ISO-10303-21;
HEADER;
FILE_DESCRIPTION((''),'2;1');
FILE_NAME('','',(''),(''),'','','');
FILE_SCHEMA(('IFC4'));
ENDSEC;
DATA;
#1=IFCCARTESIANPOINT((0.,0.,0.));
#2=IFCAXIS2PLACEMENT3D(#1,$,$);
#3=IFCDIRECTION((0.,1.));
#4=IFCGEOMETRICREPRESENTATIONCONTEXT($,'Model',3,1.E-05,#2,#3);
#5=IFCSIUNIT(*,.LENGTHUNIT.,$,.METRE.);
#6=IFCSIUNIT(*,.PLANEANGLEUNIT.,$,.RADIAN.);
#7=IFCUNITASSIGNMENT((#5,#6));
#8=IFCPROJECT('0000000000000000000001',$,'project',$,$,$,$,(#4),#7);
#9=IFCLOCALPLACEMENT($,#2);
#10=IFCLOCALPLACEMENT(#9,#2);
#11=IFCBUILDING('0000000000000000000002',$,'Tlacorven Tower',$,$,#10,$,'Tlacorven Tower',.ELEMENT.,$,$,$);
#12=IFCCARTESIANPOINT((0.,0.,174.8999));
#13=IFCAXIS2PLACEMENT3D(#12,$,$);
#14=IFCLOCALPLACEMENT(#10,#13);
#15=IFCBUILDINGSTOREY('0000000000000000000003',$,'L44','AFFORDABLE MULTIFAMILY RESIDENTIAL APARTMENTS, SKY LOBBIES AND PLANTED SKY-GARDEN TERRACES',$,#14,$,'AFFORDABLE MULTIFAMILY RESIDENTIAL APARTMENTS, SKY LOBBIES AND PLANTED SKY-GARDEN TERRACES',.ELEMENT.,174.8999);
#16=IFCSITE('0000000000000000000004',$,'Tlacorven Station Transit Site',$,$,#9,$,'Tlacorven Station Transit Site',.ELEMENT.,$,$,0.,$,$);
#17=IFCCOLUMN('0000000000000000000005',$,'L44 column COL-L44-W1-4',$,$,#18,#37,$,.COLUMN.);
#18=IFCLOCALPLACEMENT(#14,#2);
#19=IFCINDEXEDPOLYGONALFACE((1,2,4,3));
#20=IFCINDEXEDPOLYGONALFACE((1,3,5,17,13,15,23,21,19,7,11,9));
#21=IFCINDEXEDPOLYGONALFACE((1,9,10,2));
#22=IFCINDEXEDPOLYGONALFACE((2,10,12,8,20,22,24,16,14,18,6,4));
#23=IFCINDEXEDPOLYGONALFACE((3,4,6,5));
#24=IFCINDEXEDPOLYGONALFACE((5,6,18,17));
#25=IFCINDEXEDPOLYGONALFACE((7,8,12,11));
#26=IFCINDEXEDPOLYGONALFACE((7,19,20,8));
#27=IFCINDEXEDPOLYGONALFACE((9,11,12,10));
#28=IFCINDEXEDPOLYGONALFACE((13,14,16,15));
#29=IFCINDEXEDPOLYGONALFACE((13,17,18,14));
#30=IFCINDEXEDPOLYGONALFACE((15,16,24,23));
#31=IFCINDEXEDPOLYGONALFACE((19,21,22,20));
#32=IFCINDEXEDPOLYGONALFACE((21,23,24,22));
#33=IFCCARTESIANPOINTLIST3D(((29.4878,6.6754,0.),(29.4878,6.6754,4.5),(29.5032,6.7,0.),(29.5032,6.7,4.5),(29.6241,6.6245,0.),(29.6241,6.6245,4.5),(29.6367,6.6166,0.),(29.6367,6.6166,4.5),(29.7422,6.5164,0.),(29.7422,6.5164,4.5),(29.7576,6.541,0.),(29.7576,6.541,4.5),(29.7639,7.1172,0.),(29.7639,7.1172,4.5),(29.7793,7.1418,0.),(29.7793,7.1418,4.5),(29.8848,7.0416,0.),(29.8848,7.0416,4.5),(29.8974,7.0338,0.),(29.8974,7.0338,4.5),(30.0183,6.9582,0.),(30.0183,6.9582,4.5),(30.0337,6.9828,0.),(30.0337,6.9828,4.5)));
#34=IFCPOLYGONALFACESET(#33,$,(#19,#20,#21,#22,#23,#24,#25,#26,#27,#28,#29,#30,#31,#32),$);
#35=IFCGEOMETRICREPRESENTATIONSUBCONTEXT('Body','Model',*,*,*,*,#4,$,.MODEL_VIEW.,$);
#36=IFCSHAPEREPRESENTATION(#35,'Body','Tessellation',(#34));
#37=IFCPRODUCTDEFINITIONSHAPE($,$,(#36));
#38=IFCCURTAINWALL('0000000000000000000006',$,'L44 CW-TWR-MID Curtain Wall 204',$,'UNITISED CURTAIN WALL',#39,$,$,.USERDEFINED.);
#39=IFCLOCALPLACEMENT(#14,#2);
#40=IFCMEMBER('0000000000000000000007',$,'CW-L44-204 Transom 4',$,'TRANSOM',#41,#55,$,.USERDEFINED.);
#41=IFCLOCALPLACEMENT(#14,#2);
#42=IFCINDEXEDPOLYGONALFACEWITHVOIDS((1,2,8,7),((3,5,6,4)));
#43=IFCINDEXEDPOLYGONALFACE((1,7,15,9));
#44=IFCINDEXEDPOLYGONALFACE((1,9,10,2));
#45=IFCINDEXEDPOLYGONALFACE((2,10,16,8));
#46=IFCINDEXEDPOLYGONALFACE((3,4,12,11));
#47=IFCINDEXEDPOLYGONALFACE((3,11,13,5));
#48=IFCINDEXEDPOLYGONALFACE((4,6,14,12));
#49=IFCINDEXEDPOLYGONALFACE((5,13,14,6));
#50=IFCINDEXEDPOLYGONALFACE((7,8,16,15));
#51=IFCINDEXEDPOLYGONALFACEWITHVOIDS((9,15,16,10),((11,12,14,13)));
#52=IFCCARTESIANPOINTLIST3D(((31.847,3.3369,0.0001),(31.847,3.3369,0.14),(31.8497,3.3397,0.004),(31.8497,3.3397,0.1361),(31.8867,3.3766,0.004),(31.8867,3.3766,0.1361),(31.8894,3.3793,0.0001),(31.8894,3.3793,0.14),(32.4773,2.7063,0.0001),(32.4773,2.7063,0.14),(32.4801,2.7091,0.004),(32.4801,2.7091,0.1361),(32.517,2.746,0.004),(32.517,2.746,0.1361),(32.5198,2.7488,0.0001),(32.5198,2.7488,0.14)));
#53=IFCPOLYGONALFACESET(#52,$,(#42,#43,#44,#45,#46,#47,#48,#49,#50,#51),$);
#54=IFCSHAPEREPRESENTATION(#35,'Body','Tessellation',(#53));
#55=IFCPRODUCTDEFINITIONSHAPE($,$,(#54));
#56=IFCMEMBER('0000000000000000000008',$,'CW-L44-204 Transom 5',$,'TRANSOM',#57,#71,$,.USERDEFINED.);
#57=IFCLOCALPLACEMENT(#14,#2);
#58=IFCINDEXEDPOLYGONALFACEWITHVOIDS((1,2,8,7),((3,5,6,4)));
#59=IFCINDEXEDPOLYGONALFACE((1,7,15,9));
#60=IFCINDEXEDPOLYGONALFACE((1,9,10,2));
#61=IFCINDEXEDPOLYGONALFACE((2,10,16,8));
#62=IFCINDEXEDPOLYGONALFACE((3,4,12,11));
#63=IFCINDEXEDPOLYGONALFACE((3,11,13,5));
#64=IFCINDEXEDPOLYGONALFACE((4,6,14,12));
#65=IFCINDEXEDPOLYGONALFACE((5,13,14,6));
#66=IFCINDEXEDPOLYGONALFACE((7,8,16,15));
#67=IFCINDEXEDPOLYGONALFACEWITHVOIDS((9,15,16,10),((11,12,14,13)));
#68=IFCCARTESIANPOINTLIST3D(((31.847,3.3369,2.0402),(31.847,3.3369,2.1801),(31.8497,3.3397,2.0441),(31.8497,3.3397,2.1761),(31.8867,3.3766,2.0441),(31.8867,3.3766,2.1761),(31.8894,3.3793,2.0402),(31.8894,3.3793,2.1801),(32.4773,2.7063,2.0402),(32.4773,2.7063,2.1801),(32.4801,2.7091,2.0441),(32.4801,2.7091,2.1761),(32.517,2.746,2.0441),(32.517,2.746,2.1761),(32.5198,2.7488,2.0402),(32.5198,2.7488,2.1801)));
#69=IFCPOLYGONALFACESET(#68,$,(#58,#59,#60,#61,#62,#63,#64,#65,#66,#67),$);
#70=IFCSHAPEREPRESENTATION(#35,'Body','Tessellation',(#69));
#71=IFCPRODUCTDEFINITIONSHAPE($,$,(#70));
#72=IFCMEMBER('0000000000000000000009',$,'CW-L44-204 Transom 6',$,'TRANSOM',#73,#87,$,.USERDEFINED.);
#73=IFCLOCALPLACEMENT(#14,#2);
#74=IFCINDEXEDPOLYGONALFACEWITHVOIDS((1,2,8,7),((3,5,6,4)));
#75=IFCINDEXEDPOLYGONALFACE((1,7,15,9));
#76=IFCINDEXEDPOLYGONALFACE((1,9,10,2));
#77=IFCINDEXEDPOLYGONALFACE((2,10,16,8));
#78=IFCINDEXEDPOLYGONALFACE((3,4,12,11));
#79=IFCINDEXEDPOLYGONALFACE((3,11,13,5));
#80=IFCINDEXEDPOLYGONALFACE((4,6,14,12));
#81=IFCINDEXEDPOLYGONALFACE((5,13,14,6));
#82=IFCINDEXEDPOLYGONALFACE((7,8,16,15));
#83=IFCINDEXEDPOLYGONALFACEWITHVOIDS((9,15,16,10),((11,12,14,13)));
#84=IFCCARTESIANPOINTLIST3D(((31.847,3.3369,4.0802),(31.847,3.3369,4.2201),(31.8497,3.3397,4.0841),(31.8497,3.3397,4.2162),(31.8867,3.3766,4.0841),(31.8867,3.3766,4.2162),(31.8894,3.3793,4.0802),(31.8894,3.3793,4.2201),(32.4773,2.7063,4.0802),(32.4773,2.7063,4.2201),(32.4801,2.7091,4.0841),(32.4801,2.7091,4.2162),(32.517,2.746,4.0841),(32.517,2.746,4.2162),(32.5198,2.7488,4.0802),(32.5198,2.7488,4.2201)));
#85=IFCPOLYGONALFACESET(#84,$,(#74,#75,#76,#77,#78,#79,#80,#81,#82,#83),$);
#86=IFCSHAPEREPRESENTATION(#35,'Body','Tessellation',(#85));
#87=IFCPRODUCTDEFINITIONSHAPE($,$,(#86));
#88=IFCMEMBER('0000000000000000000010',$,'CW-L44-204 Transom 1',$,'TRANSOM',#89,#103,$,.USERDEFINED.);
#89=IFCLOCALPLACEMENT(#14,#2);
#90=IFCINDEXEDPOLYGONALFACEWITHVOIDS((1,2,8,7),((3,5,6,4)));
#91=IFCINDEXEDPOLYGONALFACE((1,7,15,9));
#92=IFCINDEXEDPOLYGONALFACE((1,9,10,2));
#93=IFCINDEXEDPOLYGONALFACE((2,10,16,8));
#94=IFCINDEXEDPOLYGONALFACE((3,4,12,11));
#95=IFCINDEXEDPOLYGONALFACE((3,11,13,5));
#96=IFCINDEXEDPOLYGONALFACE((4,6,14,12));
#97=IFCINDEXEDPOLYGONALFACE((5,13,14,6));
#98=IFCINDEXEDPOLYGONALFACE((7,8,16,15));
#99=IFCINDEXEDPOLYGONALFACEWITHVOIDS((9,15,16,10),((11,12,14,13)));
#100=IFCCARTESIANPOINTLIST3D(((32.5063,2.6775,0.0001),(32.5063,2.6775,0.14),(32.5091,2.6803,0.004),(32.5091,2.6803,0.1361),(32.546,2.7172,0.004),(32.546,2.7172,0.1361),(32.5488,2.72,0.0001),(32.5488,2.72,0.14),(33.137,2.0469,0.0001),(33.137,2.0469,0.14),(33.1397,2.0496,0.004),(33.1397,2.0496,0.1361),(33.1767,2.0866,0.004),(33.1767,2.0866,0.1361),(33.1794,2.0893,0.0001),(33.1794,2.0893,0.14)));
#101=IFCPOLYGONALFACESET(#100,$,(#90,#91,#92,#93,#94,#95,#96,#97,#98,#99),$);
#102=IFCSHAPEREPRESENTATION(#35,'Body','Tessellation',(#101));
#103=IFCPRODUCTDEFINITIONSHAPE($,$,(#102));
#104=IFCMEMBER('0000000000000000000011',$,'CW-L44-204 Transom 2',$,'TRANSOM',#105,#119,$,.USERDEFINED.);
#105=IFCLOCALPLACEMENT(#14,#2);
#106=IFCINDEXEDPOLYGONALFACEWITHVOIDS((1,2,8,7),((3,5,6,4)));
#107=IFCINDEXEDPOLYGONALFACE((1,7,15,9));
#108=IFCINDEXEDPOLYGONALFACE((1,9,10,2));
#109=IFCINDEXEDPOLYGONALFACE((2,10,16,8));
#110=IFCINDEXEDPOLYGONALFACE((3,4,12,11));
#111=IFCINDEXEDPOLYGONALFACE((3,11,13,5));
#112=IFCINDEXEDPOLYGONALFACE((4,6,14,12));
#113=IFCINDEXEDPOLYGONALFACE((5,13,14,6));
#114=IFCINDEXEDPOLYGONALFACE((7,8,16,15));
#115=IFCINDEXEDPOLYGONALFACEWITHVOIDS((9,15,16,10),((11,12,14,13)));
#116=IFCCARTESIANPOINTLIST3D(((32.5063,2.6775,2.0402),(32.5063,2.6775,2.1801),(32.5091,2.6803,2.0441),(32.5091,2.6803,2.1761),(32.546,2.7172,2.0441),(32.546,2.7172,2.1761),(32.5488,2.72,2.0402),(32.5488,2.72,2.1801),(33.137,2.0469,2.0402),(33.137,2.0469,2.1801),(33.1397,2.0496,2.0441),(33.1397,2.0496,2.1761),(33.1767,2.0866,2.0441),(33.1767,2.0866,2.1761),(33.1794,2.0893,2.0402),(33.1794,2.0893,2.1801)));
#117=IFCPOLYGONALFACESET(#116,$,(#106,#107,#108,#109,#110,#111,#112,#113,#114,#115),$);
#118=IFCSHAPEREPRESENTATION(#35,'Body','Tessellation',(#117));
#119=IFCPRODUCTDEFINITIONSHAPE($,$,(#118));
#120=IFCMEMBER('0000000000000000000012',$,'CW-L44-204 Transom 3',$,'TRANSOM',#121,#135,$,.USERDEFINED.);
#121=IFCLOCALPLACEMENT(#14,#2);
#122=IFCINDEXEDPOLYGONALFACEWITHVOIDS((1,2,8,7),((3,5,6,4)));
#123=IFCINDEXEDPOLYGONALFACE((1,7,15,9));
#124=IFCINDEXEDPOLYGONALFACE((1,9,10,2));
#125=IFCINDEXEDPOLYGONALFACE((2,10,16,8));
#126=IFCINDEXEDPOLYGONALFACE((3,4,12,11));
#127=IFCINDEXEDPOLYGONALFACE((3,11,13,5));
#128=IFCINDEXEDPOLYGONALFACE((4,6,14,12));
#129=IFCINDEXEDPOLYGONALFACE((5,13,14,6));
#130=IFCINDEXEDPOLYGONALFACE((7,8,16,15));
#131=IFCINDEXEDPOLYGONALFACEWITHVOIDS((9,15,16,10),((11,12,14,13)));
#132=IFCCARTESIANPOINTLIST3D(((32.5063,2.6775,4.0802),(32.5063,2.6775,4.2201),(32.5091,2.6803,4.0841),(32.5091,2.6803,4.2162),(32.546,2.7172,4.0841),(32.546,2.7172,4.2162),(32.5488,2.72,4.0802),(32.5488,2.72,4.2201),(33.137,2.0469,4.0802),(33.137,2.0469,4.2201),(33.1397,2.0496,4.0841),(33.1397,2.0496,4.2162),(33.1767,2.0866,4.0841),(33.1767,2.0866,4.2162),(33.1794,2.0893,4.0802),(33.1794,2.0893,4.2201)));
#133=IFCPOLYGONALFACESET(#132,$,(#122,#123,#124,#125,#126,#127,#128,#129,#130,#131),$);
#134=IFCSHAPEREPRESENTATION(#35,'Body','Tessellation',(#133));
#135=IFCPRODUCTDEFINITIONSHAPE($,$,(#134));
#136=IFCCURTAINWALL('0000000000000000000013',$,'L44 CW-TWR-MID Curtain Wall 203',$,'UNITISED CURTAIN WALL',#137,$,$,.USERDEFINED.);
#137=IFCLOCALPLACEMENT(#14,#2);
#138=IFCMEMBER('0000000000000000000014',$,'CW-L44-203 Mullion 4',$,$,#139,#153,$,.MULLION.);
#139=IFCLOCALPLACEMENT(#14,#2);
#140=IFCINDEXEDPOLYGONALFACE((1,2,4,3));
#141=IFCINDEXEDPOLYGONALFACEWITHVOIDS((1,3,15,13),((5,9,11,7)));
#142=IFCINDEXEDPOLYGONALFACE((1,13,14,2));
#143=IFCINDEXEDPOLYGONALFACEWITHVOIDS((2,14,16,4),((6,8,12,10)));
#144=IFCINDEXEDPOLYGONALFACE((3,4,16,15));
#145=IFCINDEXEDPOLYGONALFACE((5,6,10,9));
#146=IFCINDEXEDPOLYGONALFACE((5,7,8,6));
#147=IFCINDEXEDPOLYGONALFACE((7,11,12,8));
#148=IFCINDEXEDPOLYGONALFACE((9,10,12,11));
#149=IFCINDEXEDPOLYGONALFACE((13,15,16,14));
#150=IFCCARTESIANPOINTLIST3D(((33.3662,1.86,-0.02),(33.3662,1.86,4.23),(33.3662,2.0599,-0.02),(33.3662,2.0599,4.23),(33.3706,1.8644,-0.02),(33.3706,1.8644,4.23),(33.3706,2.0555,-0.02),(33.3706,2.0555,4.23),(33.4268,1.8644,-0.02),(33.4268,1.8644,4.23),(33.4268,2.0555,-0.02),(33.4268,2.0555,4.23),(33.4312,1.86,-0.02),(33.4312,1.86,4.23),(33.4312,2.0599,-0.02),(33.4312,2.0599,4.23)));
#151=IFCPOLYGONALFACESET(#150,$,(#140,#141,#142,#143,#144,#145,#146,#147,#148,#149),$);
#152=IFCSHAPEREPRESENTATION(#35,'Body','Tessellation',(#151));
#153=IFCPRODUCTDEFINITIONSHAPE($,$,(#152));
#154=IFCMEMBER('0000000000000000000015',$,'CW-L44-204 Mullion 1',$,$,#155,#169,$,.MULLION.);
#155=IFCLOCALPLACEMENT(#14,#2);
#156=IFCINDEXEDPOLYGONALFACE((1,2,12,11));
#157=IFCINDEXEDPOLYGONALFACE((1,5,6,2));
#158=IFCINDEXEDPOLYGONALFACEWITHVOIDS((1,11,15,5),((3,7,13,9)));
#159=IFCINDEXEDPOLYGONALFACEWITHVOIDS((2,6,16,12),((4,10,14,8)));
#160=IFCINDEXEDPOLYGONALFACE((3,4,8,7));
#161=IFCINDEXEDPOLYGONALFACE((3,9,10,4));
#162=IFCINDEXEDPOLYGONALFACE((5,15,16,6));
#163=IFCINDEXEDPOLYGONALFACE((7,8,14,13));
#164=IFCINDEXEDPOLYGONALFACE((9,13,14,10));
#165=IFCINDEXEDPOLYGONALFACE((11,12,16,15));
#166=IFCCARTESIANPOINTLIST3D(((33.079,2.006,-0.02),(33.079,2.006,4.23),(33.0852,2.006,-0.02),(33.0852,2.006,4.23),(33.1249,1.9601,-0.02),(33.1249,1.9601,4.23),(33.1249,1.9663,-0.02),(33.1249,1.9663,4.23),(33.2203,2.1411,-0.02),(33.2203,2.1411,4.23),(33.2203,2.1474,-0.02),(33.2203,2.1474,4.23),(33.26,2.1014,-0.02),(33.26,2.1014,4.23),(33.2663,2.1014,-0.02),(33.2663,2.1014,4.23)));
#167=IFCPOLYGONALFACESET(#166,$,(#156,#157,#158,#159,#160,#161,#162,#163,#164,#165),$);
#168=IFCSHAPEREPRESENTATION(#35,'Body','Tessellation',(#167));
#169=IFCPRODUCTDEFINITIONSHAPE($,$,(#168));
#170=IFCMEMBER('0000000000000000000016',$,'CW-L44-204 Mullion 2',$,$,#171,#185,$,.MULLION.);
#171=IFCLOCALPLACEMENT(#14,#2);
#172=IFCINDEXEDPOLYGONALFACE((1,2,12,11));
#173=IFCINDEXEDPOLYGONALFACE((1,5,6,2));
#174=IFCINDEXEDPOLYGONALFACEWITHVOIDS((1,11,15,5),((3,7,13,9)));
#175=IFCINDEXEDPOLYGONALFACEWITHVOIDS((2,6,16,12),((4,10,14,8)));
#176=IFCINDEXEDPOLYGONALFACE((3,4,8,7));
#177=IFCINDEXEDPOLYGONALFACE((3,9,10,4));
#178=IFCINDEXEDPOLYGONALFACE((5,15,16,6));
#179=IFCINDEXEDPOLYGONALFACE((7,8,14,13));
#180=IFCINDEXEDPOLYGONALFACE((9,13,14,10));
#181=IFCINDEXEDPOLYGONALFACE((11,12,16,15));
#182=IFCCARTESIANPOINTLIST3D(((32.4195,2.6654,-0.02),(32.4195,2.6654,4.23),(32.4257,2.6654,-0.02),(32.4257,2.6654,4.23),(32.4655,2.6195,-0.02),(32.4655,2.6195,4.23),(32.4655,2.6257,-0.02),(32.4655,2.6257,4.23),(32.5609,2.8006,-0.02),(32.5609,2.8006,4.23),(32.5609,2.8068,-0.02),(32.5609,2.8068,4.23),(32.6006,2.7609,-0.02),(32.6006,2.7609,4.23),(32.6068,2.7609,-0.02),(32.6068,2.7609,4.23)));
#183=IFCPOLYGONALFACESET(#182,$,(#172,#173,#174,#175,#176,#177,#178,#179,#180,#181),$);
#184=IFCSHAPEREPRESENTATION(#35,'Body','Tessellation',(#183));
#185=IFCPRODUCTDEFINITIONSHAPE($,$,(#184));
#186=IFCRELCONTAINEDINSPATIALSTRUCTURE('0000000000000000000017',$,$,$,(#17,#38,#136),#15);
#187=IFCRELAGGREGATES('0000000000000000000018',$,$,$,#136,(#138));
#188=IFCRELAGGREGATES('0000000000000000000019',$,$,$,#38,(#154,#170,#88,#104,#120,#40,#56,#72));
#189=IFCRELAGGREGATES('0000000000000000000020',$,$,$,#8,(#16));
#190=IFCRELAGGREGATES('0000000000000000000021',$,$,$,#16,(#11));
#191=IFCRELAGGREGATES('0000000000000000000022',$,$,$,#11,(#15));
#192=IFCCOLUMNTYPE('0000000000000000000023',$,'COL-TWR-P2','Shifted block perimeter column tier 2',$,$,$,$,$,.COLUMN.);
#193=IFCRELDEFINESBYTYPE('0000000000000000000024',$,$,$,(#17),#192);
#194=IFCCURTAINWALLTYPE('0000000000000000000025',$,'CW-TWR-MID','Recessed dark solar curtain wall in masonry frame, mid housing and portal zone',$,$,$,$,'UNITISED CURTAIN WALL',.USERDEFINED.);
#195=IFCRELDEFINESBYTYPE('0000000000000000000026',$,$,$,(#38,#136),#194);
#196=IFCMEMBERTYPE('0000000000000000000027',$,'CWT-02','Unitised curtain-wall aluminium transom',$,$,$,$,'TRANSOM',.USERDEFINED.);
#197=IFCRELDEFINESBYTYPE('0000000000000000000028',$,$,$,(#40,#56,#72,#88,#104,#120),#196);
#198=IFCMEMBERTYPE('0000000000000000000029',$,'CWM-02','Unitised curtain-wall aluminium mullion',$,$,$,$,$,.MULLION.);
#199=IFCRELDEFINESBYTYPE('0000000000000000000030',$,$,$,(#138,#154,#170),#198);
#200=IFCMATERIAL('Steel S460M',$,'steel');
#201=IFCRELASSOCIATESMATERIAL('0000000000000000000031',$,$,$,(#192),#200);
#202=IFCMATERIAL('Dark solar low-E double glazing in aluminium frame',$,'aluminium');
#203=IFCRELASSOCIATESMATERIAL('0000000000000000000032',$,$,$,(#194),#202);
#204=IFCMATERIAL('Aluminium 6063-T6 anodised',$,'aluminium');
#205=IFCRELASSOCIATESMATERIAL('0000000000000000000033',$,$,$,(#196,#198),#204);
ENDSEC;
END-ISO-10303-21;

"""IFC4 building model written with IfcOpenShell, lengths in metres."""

from ifc_helpers import new_model, si_unit, direction, frame, origin, origin_2d, place, context, subcontext, project, spatial, hollow_rectangle, i_section, extrude, source, transform, mapped, material, material_profile, profile_set, type_object, element, aggregate, save


model = new_model("IFC4")

# Units and contexts
model_context = context("Model", 3, precision=1e-05, world=origin(), true_north=direction((0.0, 1.0)))
body_context = subcontext(model_context, "Body", "Model", "MODEL_VIEW")
ifc_project = project(units=[si_unit("LENGTHUNIT", "METRE"), si_unit("PLANEANGLEUNIT", "RADIAN")], contexts=[model_context])

# Site, building, storey
site_placement = place(None, origin())
site = spatial("IfcSite", under=ifc_project, at=site_placement, Name="Tlacorven Station Transit Site", LongName="Tlacorven Station Transit Site", CompositionType="ELEMENT", RefElevation=0.0)
building_placement = place(site_placement, origin())
building = spatial("IfcBuilding", under=site, at=building_placement, Name="Tlacorven Tower", LongName="Tlacorven Tower", CompositionType="ELEMENT")
storey_placement = place(building_placement, frame((0.0, 0.0, 174.8999)))
storey = spatial("IfcBuildingStorey", under=building, at=storey_placement, Name="L44", Description="AFFORDABLE MULTIFAMILY RESIDENTIAL APARTMENTS, SKY LOBBIES AND PLANTED SKY-GARDEN TERRACES", LongName="AFFORDABLE MULTIFAMILY RESIDENTIAL APARTMENTS, SKY LOBBIES AND PLANTED SKY-GARDEN TERRACES", CompositionType="ELEMENT", Elevation=174.8999)

# Column
ifc_material_1 = material(Name="Steel S460M", Category="steel")
ifc_material_profile_1 = material_profile(ifc_material_1, i_section(OverallWidth=0.3, OverallDepth=0.55, WebThickness=0.0149, FlangeThickness=0.0291, at=origin_2d()), Name="HEB 550")
ifc_profile_set_1 = profile_set([ifc_material_profile_1], Name="Steel S460M")
column_type = type_object("IfcColumnType", Name="COL-TWR-P2", Description="Shifted block perimeter column tier 2", PredefinedType="COLUMN", material=ifc_profile_set_1)
shared_shape_1 = source(origin(), body_context, "Body", "SweptSolid", [
    extrude(i_section(OverallWidth=0.3, OverallDepth=0.55, WebThickness=0.0149, FlangeThickness=0.0291, at=origin_2d()), origin(), (0.0, 0.0, 1.0), 4.5),
])
column_placement = place(storey_placement, frame((29.7607, 6.8291, 0.0), z_axis=(0.0, 0.0, 1.0), x_axis=(-0.848048, 0.529919, 0.0)))
element("IfcColumn", 1, at=column_placement, inside=storey, type_object=column_type, Name="L44 column COL-L44-W1-4", PredefinedType="COLUMN", context=body_context, shape_type="MappedRepresentation", body=[
    mapped(shared_shape_1, transform((0.0, 0.0, 0.0), scale=1.0)),
])

# Curtain wall, members
ifc_material_2 = material(Name="Dark solar low-E double glazing in aluminium frame", Category="aluminium")
curtain_wall_type = type_object("IfcCurtainWallType", Name="CW-TWR-MID", Description="Recessed dark solar curtain wall in masonry frame, mid housing and portal zone", ElementType="UNITISED CURTAIN WALL", PredefinedType="USERDEFINED", material=ifc_material_2)
curtain_wall_1_placement = place(storey_placement, origin())
curtain_wall_1 = element("IfcCurtainWall", 2, at=curtain_wall_1_placement, inside=storey, type_object=curtain_wall_type, Name="L44 CW-TWR-MID Curtain Wall 204", ObjectType="UNITISED CURTAIN WALL", PredefinedType="USERDEFINED")
ifc_material_3 = material(Name="Aluminium 6063-T6 anodised", Category="aluminium")
ifc_material_profile_2 = material_profile(ifc_material_3, hollow_rectangle(XDim=0.0601, YDim=0.1399, WallThickness=0.0039, at=origin_2d()), Name="ALU TRANSOM 60X140")
ifc_profile_set_2 = profile_set([ifc_material_profile_2], Name="Aluminium 6063-T6 anodised")
member_type_1 = type_object("IfcMemberType", Name="CWT-02", Description="Unitised curtain-wall aluminium transom", ElementType="TRANSOM", PredefinedType="USERDEFINED", material=ifc_profile_set_2)
shared_shape_2 = source(origin(), body_context, "Body", "SweptSolid", [
    extrude(hollow_rectangle(XDim=0.0601, YDim=0.1399, WallThickness=0.0039, at=origin_2d()), origin(), (0.0, 0.0, 1.0), 0.8916),
])
member_1_placement = place(storey_placement, frame((32.4985, 2.7275, 0.0701), z_axis=(-0.70697, 0.707244, 0.0), x_axis=(-0.707244, -0.70697, 0.0)))
member_1 = element("IfcMember", 3, at=member_1_placement, type_object=member_type_1, Name="CW-L44-204 Transom 4", ObjectType="TRANSOM", PredefinedType="USERDEFINED", context=body_context, shape_type="MappedRepresentation", body=[
    mapped(shared_shape_2, transform((0.0, 0.0, 0.0), scale=1.0)),
])
member_2_placement = place(storey_placement, frame((32.4985, 2.7275, 2.1101), z_axis=(-0.70697, 0.707244, 0.0), x_axis=(-0.707244, -0.70697, 0.0)))
member_2 = element("IfcMember", 4, at=member_2_placement, type_object=member_type_1, Name="CW-L44-204 Transom 5", ObjectType="TRANSOM", PredefinedType="USERDEFINED", context=body_context, shape_type="MappedRepresentation", body=[
    mapped(shared_shape_2, transform((0.0, 0.0, 0.0), scale=1.0)),
])
member_3_placement = place(storey_placement, frame((32.4985, 2.7275, 4.1501), z_axis=(-0.70697, 0.707244, 0.0), x_axis=(-0.707244, -0.70697, 0.0)))
member_3 = element("IfcMember", 5, at=member_3_placement, type_object=member_type_1, Name="CW-L44-204 Transom 6", ObjectType="TRANSOM", PredefinedType="USERDEFINED", context=body_context, shape_type="MappedRepresentation", body=[
    mapped(shared_shape_2, transform((0.0, 0.0, 0.0), scale=1.0)),
])
shared_shape_3 = source(origin(), body_context, "Body", "SweptSolid", [
    extrude(hollow_rectangle(XDim=0.0601, YDim=0.1399, WallThickness=0.0039, at=origin_2d()), origin(), (0.0, 0.0, 1.0), 0.8918),
])
member_4_placement = place(storey_placement, frame((33.1582, 2.0681, 0.0701), z_axis=(-0.707107, 0.707107, 0.0), x_axis=(-0.707107, -0.707107, 0.0)))
member_4 = element("IfcMember", 6, at=member_4_placement, type_object=member_type_1, Name="CW-L44-204 Transom 1", ObjectType="TRANSOM", PredefinedType="USERDEFINED", context=body_context, shape_type="MappedRepresentation", body=[
    mapped(shared_shape_3, transform((0.0, 0.0, 0.0), scale=1.0)),
])
member_5_placement = place(storey_placement, frame((33.1582, 2.0681, 2.1101), z_axis=(-0.707107, 0.707107, 0.0), x_axis=(-0.707107, -0.707107, 0.0)))
member_5 = element("IfcMember", 7, at=member_5_placement, type_object=member_type_1, Name="CW-L44-204 Transom 2", ObjectType="TRANSOM", PredefinedType="USERDEFINED", context=body_context, shape_type="MappedRepresentation", body=[
    mapped(shared_shape_3, transform((0.0, 0.0, 0.0), scale=1.0)),
])
member_6_placement = place(storey_placement, frame((33.1582, 2.0681, 4.1501), z_axis=(-0.707107, 0.707107, 0.0), x_axis=(-0.707107, -0.707107, 0.0)))
member_6 = element("IfcMember", 8, at=member_6_placement, type_object=member_type_1, Name="CW-L44-204 Transom 3", ObjectType="TRANSOM", PredefinedType="USERDEFINED", context=body_context, shape_type="MappedRepresentation", body=[
    mapped(shared_shape_3, transform((0.0, 0.0, 0.0), scale=1.0)),
])

# Curtain wall, member
curtain_wall_2_placement = place(storey_placement, origin())
curtain_wall_2 = element("IfcCurtainWall", 9, at=curtain_wall_2_placement, inside=storey, type_object=curtain_wall_type, Name="L44 CW-TWR-MID Curtain Wall 203", ObjectType="UNITISED CURTAIN WALL", PredefinedType="USERDEFINED")
ifc_material_profile_3 = material_profile(ifc_material_3, hollow_rectangle(XDim=0.0649, YDim=0.2, WallThickness=0.0044, at=origin_2d()), Name="ALU MULLION 65X200")
ifc_profile_set_3 = profile_set([ifc_material_profile_3], Name="Aluminium 6063-T6 anodised")
member_type_2 = type_object("IfcMemberType", Name="CWM-02", Description="Unitised curtain-wall aluminium mullion", PredefinedType="MULLION", material=ifc_profile_set_3)
shared_shape_4 = source(origin(), body_context, "Body", "SweptSolid", [
    extrude(hollow_rectangle(XDim=0.0649, YDim=0.2, WallThickness=0.0044, at=origin_2d()), origin(), (0.0, 0.0, 1.0), 4.25),
])
member_7_placement = place(storey_placement, frame((33.3987, 1.96, -0.02), z_axis=(0.0, 0.0, 1.0), x_axis=(-1.0, 0.0, 0.0)))
member_7 = element("IfcMember", 10, at=member_7_placement, type_object=member_type_2, Name="CW-L44-203 Mullion 4", PredefinedType="MULLION", context=body_context, shape_type="MappedRepresentation", body=[
    mapped(shared_shape_4, transform((0.0, 0.0, 0.0), scale=1.0)),
])
aggregate(curtain_wall_2, [member_7])

# Members
member_8_placement = place(storey_placement, frame((33.1726, 2.0537, -0.02), z_axis=(0.0, 0.0, 1.0), x_axis=(-0.707107, 0.707107, 0.0)))
member_8 = element("IfcMember", 11, at=member_8_placement, type_object=member_type_2, Name="CW-L44-204 Mullion 1", PredefinedType="MULLION", context=body_context, shape_type="MappedRepresentation", body=[
    mapped(shared_shape_4, transform((0.0, 0.0, 0.0), scale=1.0)),
])
member_9_placement = place(storey_placement, frame((32.5132, 2.7131, -0.02), z_axis=(0.0, 0.0, 1.0), x_axis=(-0.707107, 0.707107, 0.0)))
member_9 = element("IfcMember", 12, at=member_9_placement, type_object=member_type_2, Name="CW-L44-204 Mullion 2", PredefinedType="MULLION", context=body_context, shape_type="MappedRepresentation", body=[
    mapped(shared_shape_4, transform((0.0, 0.0, 0.0), scale=1.0)),
])

aggregate(curtain_wall_1, [member_8, member_9, member_4, member_5, member_6, member_1, member_2, member_3])

save(model, "model.ifc")
